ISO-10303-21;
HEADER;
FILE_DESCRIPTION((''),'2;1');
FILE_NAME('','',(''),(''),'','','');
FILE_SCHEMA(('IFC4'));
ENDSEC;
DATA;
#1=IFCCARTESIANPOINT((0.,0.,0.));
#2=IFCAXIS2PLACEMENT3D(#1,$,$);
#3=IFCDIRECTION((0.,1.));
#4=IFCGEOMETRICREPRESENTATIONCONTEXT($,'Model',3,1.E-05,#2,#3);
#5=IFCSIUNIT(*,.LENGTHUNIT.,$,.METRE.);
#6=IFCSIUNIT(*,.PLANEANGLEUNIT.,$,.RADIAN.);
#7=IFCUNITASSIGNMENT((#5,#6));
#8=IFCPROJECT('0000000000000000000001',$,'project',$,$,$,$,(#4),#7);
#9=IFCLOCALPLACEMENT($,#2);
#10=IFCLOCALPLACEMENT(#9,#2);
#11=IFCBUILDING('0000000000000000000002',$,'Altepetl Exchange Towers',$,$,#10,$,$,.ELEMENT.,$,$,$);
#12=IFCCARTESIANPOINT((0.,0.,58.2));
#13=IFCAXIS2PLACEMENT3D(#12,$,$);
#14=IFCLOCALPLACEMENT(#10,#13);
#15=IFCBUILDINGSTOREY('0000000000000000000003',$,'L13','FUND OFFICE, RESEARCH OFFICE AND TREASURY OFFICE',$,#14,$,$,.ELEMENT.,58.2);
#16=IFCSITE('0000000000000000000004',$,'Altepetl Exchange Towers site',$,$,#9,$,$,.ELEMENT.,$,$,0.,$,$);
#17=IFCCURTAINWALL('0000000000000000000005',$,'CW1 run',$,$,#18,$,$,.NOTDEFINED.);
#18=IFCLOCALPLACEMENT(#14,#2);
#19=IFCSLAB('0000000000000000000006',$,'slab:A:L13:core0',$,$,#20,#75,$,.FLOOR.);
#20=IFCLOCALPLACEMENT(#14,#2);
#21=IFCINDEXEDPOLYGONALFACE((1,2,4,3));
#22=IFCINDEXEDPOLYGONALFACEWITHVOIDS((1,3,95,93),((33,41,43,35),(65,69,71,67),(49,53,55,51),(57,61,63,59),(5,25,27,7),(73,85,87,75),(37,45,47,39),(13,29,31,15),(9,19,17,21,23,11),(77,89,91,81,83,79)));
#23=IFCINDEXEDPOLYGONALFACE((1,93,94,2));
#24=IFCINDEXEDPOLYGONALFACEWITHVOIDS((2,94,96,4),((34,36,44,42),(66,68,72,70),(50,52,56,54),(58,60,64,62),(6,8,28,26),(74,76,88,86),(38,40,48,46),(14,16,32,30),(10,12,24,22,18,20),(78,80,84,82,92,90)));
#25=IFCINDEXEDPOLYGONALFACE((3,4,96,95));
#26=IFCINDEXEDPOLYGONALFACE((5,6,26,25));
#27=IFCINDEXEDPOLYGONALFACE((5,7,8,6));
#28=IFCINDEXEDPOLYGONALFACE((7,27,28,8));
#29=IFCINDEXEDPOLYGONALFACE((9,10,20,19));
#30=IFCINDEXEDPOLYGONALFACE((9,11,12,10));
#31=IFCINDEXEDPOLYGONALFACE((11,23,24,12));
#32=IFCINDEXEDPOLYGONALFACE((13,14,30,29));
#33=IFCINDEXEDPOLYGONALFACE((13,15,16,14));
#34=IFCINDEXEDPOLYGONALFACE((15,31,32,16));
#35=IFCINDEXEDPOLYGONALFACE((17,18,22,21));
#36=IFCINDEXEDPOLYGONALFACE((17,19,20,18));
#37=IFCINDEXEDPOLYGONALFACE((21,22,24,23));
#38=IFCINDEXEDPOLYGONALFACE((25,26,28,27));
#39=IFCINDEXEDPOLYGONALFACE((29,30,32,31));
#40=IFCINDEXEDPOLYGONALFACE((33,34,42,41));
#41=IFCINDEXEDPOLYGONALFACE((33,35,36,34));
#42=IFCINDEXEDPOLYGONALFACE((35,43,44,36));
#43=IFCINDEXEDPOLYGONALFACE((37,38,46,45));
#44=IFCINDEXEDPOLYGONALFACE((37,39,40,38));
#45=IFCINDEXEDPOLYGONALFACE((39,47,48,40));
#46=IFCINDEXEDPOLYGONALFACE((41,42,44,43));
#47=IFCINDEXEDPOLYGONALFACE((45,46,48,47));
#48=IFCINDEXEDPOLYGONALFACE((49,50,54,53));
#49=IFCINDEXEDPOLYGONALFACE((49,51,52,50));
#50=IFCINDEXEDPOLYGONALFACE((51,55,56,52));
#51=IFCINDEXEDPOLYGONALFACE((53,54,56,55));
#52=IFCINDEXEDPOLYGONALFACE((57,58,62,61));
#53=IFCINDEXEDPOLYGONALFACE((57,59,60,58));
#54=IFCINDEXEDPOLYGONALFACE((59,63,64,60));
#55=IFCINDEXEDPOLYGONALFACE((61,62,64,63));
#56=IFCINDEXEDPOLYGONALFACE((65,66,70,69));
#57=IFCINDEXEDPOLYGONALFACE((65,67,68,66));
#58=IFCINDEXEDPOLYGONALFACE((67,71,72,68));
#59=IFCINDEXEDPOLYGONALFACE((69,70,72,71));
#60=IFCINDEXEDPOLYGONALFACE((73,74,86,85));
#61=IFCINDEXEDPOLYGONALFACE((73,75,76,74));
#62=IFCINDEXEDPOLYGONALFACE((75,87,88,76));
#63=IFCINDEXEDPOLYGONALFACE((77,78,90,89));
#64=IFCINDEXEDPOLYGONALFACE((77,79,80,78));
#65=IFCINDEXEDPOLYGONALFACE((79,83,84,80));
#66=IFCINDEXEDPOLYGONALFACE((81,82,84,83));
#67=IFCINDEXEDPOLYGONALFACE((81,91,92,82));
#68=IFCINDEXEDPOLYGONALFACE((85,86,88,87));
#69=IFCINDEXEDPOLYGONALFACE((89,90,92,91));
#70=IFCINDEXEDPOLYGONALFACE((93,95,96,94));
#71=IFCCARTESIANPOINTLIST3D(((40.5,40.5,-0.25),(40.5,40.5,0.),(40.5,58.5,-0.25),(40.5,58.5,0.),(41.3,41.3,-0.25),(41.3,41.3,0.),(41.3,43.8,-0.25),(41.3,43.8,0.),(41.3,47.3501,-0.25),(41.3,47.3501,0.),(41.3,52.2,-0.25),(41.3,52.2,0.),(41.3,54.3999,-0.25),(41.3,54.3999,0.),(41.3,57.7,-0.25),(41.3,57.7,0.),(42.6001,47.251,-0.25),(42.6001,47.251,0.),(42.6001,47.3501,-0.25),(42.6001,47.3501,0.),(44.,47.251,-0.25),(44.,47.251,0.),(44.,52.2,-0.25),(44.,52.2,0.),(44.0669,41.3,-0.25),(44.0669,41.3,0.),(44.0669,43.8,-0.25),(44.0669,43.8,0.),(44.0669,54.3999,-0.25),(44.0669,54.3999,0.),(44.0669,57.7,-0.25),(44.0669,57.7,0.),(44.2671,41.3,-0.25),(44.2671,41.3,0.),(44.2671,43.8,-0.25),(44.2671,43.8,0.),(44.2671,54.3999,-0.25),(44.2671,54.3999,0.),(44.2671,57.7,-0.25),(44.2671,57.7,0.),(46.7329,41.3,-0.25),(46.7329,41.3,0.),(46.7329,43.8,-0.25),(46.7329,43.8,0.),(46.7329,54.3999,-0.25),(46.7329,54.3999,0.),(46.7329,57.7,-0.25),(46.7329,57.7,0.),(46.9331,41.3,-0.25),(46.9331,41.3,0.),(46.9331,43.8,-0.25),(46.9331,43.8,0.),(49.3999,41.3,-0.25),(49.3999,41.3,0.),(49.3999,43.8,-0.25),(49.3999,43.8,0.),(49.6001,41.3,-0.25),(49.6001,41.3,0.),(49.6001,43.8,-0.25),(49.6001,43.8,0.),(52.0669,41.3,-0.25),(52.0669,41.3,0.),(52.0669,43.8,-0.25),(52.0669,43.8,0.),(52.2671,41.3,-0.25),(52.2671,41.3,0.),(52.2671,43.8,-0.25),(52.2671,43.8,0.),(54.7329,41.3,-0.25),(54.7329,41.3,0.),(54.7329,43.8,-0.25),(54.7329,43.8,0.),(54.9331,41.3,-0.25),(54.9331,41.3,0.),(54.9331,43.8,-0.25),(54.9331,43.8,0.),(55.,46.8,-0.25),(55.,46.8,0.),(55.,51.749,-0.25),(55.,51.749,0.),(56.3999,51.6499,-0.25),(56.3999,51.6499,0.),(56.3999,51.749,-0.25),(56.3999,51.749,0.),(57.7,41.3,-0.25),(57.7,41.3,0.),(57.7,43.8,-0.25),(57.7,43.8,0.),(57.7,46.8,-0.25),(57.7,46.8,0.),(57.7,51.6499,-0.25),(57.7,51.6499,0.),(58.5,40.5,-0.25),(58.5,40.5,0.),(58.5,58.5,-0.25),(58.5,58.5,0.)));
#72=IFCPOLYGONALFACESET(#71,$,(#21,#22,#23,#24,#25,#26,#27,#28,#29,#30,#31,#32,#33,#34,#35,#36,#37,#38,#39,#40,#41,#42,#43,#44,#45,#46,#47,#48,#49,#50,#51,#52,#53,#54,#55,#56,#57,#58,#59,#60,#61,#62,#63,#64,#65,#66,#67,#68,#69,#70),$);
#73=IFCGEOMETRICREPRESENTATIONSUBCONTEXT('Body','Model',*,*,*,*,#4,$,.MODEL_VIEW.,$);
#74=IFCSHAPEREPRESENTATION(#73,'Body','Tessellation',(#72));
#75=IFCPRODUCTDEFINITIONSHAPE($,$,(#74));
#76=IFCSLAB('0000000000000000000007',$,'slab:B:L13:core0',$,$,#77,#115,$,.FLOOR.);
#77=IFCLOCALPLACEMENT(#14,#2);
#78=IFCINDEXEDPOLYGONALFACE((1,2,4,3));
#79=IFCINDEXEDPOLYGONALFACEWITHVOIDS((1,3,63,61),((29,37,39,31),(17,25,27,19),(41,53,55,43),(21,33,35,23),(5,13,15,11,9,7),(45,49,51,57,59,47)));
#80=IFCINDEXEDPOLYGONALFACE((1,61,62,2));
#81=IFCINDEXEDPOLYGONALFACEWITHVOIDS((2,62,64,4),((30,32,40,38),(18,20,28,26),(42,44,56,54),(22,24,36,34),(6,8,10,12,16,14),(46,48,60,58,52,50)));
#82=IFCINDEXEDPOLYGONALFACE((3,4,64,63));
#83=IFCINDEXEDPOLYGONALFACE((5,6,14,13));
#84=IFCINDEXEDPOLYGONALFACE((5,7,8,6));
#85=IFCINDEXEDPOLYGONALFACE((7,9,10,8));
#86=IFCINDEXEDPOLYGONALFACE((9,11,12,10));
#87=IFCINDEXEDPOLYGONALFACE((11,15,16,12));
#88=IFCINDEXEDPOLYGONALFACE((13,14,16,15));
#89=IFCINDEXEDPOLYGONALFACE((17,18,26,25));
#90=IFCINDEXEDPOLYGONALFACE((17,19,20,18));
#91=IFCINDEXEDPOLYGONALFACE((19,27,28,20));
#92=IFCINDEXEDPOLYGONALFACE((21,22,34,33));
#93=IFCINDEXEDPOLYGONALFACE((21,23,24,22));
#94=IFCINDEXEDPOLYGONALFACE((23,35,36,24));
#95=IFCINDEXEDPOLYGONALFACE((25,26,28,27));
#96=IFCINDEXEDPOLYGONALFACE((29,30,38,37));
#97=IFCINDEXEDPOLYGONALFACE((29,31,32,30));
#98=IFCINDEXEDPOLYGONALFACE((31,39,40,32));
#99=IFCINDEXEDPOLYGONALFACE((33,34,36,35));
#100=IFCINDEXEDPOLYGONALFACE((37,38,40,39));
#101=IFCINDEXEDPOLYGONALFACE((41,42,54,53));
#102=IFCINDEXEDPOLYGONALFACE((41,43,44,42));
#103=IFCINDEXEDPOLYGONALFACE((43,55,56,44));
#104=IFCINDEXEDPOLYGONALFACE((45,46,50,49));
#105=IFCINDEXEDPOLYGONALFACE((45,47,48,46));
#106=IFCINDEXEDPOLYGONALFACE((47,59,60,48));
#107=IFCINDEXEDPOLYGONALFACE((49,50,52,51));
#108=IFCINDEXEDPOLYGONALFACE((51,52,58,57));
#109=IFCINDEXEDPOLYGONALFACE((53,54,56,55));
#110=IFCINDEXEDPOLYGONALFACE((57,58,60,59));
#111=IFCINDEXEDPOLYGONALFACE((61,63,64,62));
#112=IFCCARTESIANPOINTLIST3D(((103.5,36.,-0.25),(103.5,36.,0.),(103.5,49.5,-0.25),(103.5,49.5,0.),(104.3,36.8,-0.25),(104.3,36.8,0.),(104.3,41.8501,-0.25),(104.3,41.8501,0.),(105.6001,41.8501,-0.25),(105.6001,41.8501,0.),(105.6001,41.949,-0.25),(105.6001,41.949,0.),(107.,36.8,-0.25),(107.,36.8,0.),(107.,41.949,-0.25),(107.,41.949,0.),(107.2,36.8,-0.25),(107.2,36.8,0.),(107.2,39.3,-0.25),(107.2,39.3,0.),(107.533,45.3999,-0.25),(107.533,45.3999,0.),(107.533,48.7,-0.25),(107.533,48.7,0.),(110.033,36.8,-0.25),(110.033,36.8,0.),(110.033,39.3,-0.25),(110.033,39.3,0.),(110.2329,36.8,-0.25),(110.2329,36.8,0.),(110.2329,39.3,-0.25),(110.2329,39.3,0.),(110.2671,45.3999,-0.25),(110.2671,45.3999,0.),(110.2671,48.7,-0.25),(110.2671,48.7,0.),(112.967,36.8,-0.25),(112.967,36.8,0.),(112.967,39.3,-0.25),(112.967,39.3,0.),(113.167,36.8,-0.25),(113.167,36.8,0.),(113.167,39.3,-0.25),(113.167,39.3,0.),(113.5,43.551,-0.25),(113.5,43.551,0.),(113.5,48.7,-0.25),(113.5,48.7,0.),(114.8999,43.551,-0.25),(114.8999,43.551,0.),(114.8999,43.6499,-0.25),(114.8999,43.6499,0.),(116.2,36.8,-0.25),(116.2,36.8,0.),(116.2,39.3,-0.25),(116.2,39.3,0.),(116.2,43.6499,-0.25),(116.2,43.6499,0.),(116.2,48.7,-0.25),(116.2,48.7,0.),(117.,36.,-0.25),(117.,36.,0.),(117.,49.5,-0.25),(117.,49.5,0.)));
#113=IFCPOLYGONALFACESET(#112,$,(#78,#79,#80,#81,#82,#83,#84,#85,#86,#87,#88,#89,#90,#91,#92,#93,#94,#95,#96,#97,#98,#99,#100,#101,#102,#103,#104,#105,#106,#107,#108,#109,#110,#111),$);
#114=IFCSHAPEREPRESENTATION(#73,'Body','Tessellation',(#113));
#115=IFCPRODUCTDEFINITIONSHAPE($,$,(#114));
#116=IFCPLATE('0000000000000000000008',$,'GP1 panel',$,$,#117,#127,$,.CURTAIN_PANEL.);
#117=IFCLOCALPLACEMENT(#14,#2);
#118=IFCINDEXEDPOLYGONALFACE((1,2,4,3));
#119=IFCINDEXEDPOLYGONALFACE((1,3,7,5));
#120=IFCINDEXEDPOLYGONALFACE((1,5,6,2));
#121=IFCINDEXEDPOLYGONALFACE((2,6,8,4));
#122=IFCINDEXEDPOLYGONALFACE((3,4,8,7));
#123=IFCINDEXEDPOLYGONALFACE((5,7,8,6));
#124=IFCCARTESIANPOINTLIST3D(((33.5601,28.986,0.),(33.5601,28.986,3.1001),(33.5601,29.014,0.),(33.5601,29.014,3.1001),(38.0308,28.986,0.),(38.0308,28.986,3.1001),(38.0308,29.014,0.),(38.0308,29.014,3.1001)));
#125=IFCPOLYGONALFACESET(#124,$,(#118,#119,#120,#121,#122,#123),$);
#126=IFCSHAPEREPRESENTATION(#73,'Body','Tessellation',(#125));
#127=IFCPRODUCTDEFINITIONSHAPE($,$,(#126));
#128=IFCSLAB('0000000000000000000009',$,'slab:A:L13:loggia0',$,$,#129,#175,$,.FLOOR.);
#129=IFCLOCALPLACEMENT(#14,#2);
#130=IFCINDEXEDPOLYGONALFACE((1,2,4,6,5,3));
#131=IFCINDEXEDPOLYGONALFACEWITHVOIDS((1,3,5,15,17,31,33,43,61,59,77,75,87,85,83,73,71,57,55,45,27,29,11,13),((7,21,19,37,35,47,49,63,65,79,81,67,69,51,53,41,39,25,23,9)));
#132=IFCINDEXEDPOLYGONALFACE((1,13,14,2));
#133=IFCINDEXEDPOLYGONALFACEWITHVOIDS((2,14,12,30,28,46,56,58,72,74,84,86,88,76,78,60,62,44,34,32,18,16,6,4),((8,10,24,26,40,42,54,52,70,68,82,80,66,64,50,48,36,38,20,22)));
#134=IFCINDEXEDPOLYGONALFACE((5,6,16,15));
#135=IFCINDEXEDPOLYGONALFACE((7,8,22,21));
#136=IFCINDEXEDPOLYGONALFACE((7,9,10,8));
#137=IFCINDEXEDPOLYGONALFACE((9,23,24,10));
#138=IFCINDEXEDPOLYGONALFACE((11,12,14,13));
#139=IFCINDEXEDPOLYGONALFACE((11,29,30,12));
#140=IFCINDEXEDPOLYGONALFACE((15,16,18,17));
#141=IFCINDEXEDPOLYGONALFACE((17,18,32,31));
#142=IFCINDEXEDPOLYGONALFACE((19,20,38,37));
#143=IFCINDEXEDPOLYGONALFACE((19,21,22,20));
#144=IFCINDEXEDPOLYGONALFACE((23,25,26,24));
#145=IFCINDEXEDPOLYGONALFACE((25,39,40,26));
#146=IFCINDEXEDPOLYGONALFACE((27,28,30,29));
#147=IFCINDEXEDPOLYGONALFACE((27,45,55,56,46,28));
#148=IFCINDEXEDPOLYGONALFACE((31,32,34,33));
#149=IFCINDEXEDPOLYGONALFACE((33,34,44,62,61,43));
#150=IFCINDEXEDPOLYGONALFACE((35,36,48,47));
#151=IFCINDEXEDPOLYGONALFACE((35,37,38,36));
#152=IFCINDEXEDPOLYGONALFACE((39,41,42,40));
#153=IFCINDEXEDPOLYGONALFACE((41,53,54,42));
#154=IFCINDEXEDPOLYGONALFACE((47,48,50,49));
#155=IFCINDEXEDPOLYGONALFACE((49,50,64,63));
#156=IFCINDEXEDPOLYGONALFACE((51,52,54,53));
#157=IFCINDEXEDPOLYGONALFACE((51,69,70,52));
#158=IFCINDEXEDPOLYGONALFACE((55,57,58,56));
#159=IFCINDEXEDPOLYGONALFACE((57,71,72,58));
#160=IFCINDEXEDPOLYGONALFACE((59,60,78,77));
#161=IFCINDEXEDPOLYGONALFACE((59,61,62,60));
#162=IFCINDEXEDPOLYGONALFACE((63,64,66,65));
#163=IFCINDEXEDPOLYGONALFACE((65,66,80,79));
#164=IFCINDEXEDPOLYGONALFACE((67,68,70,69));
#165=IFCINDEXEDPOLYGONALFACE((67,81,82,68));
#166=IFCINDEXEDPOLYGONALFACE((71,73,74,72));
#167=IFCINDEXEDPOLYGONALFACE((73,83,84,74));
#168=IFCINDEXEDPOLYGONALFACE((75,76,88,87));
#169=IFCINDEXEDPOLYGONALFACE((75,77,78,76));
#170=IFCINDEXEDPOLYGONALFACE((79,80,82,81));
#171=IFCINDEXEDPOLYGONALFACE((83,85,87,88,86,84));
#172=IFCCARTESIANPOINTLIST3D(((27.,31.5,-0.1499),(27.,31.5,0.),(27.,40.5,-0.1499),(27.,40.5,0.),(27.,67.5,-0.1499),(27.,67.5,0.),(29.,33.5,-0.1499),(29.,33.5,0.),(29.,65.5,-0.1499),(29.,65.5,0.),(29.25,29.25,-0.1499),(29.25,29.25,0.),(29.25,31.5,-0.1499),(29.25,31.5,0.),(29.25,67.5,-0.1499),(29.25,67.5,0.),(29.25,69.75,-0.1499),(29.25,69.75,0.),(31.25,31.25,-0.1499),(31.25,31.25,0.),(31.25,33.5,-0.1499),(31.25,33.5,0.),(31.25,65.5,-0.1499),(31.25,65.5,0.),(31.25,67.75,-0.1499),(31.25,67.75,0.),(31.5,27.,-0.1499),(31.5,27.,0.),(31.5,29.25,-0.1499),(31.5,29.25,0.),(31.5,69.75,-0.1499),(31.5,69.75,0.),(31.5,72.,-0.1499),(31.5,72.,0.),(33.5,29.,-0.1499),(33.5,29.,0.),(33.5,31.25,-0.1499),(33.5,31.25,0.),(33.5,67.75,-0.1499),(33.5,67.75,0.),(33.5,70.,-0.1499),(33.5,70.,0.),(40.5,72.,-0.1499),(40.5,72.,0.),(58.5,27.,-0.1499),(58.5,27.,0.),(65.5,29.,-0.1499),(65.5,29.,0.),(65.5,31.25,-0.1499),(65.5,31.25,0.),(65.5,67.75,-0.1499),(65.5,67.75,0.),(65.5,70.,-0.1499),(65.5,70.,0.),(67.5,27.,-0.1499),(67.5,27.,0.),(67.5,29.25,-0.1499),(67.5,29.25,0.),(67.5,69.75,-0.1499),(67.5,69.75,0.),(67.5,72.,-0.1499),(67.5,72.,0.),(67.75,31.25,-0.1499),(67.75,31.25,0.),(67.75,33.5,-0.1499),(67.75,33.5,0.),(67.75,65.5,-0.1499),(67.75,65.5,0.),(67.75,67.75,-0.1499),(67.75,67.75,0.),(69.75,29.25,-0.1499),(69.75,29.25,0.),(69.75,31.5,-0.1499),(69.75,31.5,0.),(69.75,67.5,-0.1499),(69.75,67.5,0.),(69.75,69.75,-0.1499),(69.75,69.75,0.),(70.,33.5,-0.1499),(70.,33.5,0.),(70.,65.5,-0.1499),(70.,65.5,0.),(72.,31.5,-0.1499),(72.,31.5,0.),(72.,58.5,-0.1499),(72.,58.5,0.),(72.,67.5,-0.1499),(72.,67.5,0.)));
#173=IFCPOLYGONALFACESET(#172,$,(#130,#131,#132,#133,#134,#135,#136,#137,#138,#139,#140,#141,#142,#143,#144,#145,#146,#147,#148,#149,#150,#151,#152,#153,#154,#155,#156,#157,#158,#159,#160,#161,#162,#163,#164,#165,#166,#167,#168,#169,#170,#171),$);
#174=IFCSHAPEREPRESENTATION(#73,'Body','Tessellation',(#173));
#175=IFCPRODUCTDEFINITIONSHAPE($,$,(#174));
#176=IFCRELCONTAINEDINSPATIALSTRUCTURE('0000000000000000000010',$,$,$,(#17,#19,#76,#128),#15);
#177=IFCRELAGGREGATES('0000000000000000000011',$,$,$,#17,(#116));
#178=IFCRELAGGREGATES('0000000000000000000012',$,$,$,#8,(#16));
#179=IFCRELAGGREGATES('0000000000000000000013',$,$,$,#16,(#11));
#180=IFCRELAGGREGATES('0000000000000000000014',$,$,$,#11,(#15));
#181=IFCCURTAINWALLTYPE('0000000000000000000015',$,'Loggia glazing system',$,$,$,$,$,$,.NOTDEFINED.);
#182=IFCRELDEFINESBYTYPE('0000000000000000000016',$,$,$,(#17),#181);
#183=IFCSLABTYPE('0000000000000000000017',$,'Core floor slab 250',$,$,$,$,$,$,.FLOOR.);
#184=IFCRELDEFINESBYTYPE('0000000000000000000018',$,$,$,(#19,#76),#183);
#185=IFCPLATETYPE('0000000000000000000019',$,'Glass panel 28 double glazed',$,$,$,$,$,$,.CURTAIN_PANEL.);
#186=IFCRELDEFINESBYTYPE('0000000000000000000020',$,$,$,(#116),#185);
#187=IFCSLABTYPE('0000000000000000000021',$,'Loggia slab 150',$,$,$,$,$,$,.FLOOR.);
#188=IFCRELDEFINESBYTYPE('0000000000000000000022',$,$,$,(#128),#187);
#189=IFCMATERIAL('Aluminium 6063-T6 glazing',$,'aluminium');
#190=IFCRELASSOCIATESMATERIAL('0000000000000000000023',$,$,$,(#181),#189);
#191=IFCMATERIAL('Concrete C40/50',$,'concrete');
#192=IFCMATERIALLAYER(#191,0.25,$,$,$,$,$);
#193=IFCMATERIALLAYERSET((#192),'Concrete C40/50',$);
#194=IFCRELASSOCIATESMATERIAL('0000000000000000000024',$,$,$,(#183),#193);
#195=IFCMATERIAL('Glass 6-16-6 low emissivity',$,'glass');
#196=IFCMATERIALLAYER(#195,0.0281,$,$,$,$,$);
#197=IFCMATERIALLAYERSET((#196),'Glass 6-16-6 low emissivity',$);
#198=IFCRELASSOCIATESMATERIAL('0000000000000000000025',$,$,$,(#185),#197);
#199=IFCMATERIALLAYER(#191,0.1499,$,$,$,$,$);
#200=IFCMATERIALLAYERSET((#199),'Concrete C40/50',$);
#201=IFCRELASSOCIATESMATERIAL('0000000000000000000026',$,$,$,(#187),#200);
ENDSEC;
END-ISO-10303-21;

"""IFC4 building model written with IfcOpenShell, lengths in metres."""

from ifc_helpers import new_model, si_unit, direction, frame, origin, origin_2d, place, context, subcontext, project, spatial, polyline, rectangle, outline, extrude, material, layer, layer_set, type_object, element, aggregate, save


model = new_model("IFC4")

# Units and contexts
model_context = context("Model", 3, precision=1e-05, world=origin(), true_north=direction((0.0, 1.0)))
body_context = subcontext(model_context, "Body", "Model", "MODEL_VIEW")
ifc_project = project(units=[si_unit("LENGTHUNIT", "METRE"), si_unit("PLANEANGLEUNIT", "RADIAN")], contexts=[model_context])

# Site, building, storey
site_placement = place(None, origin())
site = spatial("IfcSite", under=ifc_project, at=site_placement, Name="Altepetl Exchange Towers site", CompositionType="ELEMENT", RefElevation=0.0)
building_placement = place(site_placement, origin())
building = spatial("IfcBuilding", under=site, at=building_placement, Name="Altepetl Exchange Towers", CompositionType="ELEMENT")
storey_placement = place(building_placement, frame((0.0, 0.0, 58.2)))
storey = spatial("IfcBuildingStorey", under=building, at=storey_placement, Name="L13", Description="FUND OFFICE, RESEARCH OFFICE AND TREASURY OFFICE", CompositionType="ELEMENT", Elevation=58.2)

# Curtain wall
ifc_material_1 = material(Name="Aluminium 6063-T6 glazing", Category="aluminium")
curtain_wall_type = type_object("IfcCurtainWallType", Name="Loggia glazing system", PredefinedType="NOTDEFINED", material=ifc_material_1)
curtain_wall_1_placement = place(storey_placement, origin())
curtain_wall_1 = element("IfcCurtainWall", 1, at=curtain_wall_1_placement, inside=storey, type_object=curtain_wall_type, Name="CW1 run", PredefinedType="NOTDEFINED")

# Slabs
ifc_material_2 = material(Name="Concrete C40/50", Category="concrete")
ifc_layer_1 = layer(ifc_material_2, 0.25)
ifc_layer_set_1 = layer_set([ifc_layer_1], Name="Concrete C40/50")
slab_type_1 = type_object("IfcSlabType", Name="Core floor slab 250", PredefinedType="FLOOR", material=ifc_layer_set_1)
slab_1_placement = place(storey_placement, frame((0.0, 0.0, -0.25)))
element("IfcSlab", 2, at=slab_1_placement, inside=storey, type_object=slab_type_1, Name="slab:A:L13:core0", PredefinedType="FLOOR", context=body_context, shape_type="SweptSolid", body=[
    extrude(outline(polyline([(40.5, 40.5), (58.5, 40.5), (58.5, 58.5), (40.5, 58.5), (40.5, 40.5)]), holes=[polyline([(41.3, 43.8), (44.0669, 43.8), (44.0669, 41.3), (41.3, 41.3), (41.3, 43.8)]), polyline([(44.2671, 43.8), (46.7329, 43.8), (46.7329, 41.3), (44.2671, 41.3), (44.2671, 43.8)]), polyline([(46.9331, 43.8), (49.3999, 43.8), (49.3999, 41.3), (46.9331, 41.3), (46.9331, 43.8)]), polyline([(52.0669, 43.8), (52.0669, 41.3), (49.6001, 41.3), (49.6001, 43.8), (52.0669, 43.8)]), polyline([(54.7329, 43.8), (54.7329, 41.3), (52.2671, 41.3), (52.2671, 43.8), (54.7329, 43.8)]), polyline([(54.9331, 43.8), (57.7, 43.8), (57.7, 41.3), (54.9331, 41.3), (54.9331, 43.8)]), polyline([(55.0, 51.749), (56.3999, 51.749), (56.3999, 51.6499), (57.7, 51.6499), (57.7, 46.8), (55.0, 46.8), (55.0, 51.749)]), polyline([(44.0, 47.251), (42.6001, 47.251), (42.6001, 47.3501), (41.3, 47.3501), (41.3, 52.2), (44.0, 52.2), (44.0, 47.251)]), polyline([(44.0669, 57.7), (44.0669, 54.3999), (41.3, 54.3999), (41.3, 57.7), (44.0669, 57.7)]), polyline([(46.7329, 57.7), (46.7329, 54.3999), (44.2671, 54.3999), (44.2671, 57.7), (46.7329, 57.7)])]), origin(), (0.0, 0.0, 1.0), 0.25),
])
slab_2_placement = place(storey_placement, frame((0.0, 0.0, -0.25)))
element("IfcSlab", 3, at=slab_2_placement, inside=storey, type_object=slab_type_1, Name="slab:B:L13:core0", PredefinedType="FLOOR", context=body_context, shape_type="SweptSolid", body=[
    extrude(outline(polyline([(103.5, 36.0), (117.0, 36.0), (117.0, 49.5), (103.5, 49.5), (103.5, 36.0)]), holes=[polyline([(107.2, 36.8), (107.2, 39.3), (110.033, 39.3), (110.033, 36.8), (107.2, 36.8)]), polyline([(110.2329, 39.3), (112.967, 39.3), (112.967, 36.8), (110.2329, 36.8), (110.2329, 39.3)]), polyline([(113.167, 39.3), (116.2, 39.3), (116.2, 36.8), (113.167, 36.8), (113.167, 39.3)]), polyline([(107.0, 36.8), (104.3, 36.8), (104.3, 41.8501), (105.6001, 41.8501), (105.6001, 41.949), (107.0, 41.949), (107.0, 36.8)]), polyline([(116.2, 48.7), (116.2, 43.6499), (114.8999, 43.6499), (114.8999, 43.551), (113.5, 43.551), (113.5, 48.7), (116.2, 48.7)]), polyline([(107.533, 48.7), (110.2671, 48.7), (110.2671, 45.3999), (107.533, 45.3999), (107.533, 48.7)])]), origin(), (0.0, 0.0, 1.0), 0.25),
])

# Plate
ifc_material_3 = material(Name="Glass 6-16-6 low emissivity", Category="glass")
ifc_layer_2 = layer(ifc_material_3, 0.0281)
ifc_layer_set_2 = layer_set([ifc_layer_2], Name="Glass 6-16-6 low emissivity")
plate_type = type_object("IfcPlateType", Name="Glass panel 28 double glazed", PredefinedType="CURTAIN_PANEL", material=ifc_layer_set_2)
plate_placement = place(storey_placement, frame((35.7954, 29.0, 0.0)))
plate = element("IfcPlate", 4, at=plate_placement, type_object=plate_type, Name="GP1 panel", PredefinedType="CURTAIN_PANEL", context=body_context, shape_type="SweptSolid", body=[
    extrude(rectangle(XDim=4.4707, YDim=0.0281, at=origin_2d()), origin(), (0.0, 0.0, 1.0), 3.1001),
])
aggregate(curtain_wall_1, [plate])

# Slab
ifc_layer_3 = layer(ifc_material_2, 0.1499)
ifc_layer_set_3 = layer_set([ifc_layer_3], Name="Concrete C40/50")
slab_type_2 = type_object("IfcSlabType", Name="Loggia slab 150", PredefinedType="FLOOR", material=ifc_layer_set_3)
slab_3_placement = place(storey_placement, frame((0.0, 0.0, -0.1499)))
element("IfcSlab", 5, at=slab_3_placement, inside=storey, type_object=slab_type_2, Name="slab:A:L13:loggia0", PredefinedType="FLOOR", context=body_context, shape_type="SweptSolid", body=[
    extrude(outline(polyline([(29.25, 67.5), (27.0, 67.5), (27.0, 40.5), (27.0, 31.5), (29.25, 31.5), (29.25, 29.25), (31.5, 29.25), (31.5, 27.0), (58.5, 27.0), (67.5, 27.0), (67.5, 29.25), (69.75, 29.25), (69.75, 31.5), (72.0, 31.5), (72.0, 58.5), (72.0, 67.5), (69.75, 67.5), (69.75, 69.75), (67.5, 69.75), (67.5, 72.0), (40.5, 72.0), (31.5, 72.0), (31.5, 69.75), (29.25, 69.75), (29.25, 67.5)]), holes=[polyline([(29.0, 65.5), (31.25, 65.5), (31.25, 67.75), (33.5, 67.75), (33.5, 70.0), (65.5, 70.0), (65.5, 67.75), (67.75, 67.75), (67.75, 65.5), (70.0, 65.5), (70.0, 33.5), (67.75, 33.5), (67.75, 31.25), (65.5, 31.25), (65.5, 29.0), (33.5, 29.0), (33.5, 31.25), (31.25, 31.25), (31.25, 33.5), (29.0, 33.5), (29.0, 65.5)])]), origin(), (0.0, 0.0, 1.0), 0.1499),
])

save(model, "model.ifc")
